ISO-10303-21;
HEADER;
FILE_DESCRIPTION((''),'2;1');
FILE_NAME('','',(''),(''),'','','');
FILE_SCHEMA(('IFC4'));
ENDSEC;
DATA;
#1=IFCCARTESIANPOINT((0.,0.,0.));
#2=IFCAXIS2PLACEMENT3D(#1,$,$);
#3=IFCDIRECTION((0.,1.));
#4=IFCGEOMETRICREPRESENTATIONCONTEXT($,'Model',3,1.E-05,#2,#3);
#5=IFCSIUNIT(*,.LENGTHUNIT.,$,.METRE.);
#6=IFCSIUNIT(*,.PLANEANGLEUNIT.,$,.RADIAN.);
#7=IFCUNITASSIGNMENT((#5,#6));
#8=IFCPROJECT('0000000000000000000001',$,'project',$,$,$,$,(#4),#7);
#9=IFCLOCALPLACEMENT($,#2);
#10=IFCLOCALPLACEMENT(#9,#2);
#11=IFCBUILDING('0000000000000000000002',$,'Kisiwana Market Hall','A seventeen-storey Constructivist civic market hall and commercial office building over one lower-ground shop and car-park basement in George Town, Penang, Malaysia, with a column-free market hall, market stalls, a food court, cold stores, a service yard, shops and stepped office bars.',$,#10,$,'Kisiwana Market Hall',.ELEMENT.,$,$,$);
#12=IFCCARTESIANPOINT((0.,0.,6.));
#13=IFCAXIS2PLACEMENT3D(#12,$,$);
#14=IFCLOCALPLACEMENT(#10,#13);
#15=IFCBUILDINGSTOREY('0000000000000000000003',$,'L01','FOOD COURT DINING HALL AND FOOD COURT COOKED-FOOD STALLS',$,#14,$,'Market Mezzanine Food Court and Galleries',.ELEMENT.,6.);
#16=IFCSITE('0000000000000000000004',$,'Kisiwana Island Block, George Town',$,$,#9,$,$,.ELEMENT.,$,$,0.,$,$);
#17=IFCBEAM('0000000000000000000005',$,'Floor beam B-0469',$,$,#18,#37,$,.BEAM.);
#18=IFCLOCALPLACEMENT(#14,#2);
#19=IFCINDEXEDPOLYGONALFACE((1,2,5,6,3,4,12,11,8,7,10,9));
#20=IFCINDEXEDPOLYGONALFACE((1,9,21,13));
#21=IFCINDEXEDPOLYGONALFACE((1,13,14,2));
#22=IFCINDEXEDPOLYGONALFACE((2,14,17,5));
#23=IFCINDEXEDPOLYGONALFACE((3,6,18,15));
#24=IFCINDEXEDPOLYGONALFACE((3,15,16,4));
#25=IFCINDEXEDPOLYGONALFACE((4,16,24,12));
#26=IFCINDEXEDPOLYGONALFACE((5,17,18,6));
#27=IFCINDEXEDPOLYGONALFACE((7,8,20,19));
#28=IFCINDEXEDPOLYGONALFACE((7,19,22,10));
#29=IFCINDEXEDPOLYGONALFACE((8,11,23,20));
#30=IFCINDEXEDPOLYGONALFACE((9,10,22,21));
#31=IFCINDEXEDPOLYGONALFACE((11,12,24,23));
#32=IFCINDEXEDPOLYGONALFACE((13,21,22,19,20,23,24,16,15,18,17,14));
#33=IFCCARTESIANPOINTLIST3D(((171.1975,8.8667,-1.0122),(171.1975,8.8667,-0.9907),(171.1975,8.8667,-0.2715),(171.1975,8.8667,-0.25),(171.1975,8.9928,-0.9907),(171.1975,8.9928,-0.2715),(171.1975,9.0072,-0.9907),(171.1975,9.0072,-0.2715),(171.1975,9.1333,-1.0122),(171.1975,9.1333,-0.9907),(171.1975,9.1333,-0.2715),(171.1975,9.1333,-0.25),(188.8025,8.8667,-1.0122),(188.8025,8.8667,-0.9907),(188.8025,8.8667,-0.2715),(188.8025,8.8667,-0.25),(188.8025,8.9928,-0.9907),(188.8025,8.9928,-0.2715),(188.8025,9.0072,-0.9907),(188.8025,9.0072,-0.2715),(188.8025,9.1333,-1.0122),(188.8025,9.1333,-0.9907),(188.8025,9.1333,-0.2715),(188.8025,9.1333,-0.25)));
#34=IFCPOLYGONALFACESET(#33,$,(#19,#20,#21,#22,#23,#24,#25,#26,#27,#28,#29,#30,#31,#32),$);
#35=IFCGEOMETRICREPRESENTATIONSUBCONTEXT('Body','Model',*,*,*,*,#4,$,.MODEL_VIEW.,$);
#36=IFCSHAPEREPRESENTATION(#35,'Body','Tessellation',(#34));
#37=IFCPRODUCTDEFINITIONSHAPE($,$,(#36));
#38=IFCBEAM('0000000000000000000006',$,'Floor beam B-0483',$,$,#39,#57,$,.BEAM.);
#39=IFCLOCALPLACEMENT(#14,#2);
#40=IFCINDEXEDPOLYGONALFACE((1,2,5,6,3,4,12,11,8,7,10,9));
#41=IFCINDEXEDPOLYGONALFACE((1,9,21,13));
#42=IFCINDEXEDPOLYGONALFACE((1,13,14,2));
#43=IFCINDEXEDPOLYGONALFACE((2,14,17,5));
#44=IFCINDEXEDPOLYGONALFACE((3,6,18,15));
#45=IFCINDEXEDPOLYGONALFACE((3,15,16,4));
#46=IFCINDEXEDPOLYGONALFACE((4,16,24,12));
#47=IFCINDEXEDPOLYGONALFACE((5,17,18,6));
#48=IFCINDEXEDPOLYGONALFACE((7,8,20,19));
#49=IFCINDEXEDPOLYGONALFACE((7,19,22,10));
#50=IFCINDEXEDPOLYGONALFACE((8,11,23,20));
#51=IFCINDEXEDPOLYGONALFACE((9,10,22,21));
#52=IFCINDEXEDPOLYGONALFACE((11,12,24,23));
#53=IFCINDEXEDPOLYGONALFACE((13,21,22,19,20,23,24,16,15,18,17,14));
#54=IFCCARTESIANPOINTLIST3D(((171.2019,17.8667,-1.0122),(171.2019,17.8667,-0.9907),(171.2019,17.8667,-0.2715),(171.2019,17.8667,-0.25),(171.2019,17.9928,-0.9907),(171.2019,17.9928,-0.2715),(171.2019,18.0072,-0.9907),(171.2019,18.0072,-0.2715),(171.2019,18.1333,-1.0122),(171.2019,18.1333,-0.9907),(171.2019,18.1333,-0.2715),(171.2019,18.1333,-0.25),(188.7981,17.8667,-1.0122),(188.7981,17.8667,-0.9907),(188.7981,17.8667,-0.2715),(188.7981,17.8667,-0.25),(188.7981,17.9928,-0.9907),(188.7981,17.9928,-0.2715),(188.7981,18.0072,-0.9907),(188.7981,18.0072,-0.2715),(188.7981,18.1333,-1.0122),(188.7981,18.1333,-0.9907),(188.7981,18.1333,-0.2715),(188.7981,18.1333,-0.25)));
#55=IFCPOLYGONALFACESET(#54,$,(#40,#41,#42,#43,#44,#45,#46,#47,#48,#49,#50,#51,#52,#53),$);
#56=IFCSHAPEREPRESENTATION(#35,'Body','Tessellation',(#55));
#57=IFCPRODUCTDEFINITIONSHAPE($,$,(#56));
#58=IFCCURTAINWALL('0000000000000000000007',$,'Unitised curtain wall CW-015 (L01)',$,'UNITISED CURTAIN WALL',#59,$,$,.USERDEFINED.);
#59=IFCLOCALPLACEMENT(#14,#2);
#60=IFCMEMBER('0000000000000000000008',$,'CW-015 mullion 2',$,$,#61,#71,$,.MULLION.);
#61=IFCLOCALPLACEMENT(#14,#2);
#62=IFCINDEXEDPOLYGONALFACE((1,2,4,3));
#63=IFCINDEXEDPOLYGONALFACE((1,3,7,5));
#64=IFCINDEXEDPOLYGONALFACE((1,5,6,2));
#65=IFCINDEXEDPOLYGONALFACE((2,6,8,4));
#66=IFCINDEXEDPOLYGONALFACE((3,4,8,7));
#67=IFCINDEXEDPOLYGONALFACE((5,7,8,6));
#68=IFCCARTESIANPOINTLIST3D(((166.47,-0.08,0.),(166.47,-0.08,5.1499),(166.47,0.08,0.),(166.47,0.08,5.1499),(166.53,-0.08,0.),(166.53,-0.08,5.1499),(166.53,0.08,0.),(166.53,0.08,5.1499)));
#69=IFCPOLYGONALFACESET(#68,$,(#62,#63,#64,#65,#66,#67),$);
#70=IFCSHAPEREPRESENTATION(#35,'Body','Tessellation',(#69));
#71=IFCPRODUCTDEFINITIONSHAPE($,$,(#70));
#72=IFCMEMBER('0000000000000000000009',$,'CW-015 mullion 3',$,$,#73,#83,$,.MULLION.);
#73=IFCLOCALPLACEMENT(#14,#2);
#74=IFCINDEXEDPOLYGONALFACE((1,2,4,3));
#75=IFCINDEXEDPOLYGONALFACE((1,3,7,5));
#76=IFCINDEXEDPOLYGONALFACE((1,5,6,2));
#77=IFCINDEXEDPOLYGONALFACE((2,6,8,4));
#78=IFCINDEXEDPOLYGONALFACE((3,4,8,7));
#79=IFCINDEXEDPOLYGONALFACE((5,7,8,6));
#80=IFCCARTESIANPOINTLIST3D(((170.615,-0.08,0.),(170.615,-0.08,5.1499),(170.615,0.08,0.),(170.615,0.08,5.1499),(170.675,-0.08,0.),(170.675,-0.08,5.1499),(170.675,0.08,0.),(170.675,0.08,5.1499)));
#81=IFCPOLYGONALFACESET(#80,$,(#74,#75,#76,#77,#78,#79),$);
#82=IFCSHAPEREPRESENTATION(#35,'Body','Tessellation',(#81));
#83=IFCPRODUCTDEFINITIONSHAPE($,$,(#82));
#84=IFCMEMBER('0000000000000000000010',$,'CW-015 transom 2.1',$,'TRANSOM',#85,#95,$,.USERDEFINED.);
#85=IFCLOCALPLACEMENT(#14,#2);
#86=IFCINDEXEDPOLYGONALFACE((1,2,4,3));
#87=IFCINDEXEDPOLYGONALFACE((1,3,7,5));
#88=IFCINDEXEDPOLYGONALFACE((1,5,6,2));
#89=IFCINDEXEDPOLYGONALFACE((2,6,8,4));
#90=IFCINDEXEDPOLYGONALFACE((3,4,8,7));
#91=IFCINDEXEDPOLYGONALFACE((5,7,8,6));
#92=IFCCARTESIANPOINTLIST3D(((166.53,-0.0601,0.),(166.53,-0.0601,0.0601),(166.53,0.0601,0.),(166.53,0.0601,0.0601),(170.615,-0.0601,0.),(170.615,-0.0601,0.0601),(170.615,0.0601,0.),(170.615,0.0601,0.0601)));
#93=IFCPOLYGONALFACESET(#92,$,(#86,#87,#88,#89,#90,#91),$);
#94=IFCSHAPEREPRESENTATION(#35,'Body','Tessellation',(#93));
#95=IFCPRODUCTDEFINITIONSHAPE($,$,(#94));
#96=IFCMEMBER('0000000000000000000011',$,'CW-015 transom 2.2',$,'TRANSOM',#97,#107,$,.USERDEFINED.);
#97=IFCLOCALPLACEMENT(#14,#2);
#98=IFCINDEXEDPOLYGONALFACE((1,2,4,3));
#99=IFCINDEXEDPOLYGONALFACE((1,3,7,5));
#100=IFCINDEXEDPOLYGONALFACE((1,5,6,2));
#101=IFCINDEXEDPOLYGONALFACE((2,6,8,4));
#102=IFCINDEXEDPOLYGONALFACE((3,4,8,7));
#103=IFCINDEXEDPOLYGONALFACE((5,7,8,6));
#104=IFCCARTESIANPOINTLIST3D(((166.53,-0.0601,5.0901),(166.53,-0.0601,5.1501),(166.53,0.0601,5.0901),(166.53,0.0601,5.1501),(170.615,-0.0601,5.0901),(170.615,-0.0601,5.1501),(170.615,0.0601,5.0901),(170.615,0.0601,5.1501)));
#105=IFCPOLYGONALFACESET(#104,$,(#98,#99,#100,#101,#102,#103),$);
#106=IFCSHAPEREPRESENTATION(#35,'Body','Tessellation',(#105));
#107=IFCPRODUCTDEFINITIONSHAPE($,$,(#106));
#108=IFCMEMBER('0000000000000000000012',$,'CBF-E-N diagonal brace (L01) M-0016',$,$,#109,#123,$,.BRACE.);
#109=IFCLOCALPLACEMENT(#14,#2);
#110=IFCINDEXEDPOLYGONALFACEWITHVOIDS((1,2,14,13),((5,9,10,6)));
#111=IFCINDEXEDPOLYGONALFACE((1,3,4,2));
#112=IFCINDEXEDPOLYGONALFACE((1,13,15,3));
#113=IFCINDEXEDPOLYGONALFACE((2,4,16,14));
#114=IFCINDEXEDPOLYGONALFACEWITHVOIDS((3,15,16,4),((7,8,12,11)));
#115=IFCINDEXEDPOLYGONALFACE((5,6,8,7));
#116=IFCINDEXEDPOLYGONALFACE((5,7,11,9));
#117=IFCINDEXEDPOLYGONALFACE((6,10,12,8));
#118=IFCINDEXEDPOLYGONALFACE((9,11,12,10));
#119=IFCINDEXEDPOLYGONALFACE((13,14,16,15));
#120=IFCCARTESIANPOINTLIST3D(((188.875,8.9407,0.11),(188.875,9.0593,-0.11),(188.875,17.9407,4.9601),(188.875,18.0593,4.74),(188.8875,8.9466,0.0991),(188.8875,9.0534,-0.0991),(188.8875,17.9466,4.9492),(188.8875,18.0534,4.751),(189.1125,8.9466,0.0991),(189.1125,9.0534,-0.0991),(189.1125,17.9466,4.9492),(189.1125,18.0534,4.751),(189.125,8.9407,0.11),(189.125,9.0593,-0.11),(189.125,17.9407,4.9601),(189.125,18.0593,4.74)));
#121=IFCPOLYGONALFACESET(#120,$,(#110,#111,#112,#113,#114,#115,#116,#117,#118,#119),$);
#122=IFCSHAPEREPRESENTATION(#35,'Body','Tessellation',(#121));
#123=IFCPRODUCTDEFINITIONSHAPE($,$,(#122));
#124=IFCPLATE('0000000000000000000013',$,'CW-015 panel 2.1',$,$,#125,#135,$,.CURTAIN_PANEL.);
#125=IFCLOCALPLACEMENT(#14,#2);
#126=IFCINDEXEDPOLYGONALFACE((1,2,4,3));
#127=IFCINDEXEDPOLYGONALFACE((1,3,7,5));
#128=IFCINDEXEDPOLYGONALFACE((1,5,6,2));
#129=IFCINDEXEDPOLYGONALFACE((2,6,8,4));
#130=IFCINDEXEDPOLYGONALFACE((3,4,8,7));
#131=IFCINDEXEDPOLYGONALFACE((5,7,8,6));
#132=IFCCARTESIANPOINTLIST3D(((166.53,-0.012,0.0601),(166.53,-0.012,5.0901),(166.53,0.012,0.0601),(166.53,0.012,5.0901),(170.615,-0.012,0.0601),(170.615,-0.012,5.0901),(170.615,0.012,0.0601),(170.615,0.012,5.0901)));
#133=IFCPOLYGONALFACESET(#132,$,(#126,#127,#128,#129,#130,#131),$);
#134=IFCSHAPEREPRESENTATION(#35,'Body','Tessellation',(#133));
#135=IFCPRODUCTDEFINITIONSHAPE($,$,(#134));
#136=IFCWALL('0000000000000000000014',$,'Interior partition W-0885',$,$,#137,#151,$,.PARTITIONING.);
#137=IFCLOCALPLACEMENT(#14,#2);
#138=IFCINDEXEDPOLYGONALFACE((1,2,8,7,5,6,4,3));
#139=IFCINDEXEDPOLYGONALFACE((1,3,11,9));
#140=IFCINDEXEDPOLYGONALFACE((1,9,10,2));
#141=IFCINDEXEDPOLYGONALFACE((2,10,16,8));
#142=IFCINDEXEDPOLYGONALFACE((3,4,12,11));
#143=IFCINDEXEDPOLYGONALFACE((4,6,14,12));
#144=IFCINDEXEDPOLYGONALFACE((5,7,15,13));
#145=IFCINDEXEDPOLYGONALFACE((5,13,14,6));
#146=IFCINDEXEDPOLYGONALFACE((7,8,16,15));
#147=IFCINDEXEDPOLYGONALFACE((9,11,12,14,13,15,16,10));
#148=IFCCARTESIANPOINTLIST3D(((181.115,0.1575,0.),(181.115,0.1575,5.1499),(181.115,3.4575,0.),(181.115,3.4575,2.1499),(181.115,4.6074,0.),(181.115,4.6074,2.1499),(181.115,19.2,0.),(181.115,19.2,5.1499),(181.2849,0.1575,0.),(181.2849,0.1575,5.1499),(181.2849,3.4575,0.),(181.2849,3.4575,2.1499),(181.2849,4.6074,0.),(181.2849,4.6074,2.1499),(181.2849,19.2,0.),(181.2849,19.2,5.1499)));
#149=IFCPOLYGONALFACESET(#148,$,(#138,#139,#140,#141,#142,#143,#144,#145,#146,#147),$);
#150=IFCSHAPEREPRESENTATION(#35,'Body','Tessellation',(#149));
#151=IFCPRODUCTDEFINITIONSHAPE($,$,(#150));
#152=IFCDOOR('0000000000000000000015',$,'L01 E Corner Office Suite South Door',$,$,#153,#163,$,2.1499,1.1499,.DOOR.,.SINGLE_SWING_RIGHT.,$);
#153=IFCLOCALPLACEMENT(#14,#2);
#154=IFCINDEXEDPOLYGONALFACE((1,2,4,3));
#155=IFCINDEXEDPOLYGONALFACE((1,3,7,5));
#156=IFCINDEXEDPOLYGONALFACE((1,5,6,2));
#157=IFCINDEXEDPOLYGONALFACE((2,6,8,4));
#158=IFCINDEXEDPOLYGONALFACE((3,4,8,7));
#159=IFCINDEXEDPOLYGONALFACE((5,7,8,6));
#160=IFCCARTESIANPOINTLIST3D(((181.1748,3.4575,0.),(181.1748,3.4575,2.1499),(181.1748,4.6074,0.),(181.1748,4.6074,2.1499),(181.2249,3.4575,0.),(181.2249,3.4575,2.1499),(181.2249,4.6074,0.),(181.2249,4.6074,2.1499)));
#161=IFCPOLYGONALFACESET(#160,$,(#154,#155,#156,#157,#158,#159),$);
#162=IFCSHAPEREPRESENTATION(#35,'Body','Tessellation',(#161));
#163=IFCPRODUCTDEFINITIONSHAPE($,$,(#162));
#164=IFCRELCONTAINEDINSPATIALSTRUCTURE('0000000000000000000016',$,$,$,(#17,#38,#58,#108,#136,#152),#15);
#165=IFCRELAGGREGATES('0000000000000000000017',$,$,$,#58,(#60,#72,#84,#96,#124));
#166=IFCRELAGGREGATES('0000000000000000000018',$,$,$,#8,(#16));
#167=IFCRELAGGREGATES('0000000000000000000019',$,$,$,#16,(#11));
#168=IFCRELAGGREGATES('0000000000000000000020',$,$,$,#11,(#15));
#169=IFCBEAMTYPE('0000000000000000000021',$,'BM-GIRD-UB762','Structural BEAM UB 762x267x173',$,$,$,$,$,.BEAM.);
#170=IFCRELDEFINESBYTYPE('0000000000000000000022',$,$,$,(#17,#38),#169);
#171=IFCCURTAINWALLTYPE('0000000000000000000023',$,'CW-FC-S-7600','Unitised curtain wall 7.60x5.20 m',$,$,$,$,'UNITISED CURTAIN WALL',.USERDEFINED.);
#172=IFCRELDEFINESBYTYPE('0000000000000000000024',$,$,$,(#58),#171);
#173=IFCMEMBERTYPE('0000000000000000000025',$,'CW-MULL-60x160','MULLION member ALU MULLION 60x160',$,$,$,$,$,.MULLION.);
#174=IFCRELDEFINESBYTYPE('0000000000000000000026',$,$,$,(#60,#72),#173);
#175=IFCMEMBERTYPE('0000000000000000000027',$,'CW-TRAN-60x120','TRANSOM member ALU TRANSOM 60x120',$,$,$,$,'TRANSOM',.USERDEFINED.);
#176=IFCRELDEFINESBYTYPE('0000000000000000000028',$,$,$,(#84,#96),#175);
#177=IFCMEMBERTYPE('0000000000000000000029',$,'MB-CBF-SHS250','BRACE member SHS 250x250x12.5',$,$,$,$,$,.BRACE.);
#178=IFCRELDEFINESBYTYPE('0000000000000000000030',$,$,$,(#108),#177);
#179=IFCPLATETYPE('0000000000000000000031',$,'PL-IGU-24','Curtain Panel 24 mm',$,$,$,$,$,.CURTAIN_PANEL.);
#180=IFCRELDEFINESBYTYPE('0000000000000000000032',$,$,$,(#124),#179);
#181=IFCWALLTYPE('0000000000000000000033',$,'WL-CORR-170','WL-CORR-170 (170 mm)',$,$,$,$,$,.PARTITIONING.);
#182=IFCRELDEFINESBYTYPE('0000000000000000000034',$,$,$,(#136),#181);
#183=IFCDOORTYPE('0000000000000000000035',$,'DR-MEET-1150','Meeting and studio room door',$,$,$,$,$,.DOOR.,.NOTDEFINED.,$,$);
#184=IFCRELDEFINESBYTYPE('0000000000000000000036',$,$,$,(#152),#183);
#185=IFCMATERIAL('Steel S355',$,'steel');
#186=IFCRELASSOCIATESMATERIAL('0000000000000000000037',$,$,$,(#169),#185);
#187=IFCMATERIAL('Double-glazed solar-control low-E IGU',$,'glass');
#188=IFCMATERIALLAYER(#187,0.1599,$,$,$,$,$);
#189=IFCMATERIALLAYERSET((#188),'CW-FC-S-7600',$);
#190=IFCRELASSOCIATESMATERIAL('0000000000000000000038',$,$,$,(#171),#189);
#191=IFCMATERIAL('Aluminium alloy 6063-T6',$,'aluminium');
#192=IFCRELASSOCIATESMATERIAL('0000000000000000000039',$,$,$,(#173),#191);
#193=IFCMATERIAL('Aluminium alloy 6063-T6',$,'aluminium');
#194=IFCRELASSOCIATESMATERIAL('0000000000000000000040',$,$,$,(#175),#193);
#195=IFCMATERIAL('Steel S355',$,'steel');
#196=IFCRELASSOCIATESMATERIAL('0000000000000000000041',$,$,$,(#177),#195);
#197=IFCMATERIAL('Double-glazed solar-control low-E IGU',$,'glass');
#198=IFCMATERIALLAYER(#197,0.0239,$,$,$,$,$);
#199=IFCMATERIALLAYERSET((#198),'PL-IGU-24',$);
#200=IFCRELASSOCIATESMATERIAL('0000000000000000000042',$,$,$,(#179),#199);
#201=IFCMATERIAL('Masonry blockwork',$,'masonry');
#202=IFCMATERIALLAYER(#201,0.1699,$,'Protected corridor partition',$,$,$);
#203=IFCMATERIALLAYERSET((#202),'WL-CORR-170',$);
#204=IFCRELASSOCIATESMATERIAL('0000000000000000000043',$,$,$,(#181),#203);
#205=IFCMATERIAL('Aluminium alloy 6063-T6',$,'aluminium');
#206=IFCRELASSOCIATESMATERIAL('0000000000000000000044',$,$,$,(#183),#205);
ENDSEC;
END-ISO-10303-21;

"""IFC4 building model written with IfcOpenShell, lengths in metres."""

from ifc_helpers import new_model, si_unit, direction, frame, frame_2d, origin, origin_2d, place, context, subcontext, project, spatial, rectangle, hollow_rectangle, i_section, extrude, material, layer, layer_set, material_profile, profile_set, type_object, element, fill, aggregate, save


model = new_model("IFC4")

# Units and contexts
model_context = context("Model", 3, precision=1e-05, world=origin(), true_north=direction((0.0, 1.0)))
body_context = subcontext(model_context, "Body", "Model", "MODEL_VIEW")
ifc_project = project(units=[si_unit("LENGTHUNIT", "METRE"), si_unit("PLANEANGLEUNIT", "RADIAN")], contexts=[model_context])

# Site, building, storey
site_placement = place(None, origin())
site = spatial("IfcSite", under=ifc_project, at=site_placement, Name="Kisiwana Island Block, George Town", CompositionType="ELEMENT", RefElevation=0.0)
building_placement = place(site_placement, origin())
building = spatial("IfcBuilding", under=site, at=building_placement, Name="Kisiwana Market Hall", Description="A seventeen-storey Constructivist civic market hall and commercial office building over one lower-ground shop and car-park basement in George Town, Penang, Malaysia, with a column-free market hall, market stalls, a food court, cold stores, a service yard, shops and stepped office bars.", LongName="Kisiwana Market Hall", CompositionType="ELEMENT")
storey_placement = place(building_placement, frame((0.0, 0.0, 6.0)))
storey = spatial("IfcBuildingStorey", under=building, at=storey_placement, Name="L01", Description="FOOD COURT DINING HALL AND FOOD COURT COOKED-FOOD STALLS", LongName="Market Mezzanine Food Court and Galleries", CompositionType="ELEMENT", Elevation=6.0)

# Beams
ifc_material_1 = material(Name="Steel S355", Category="steel")
ifc_material_profile_1 = material_profile(ifc_material_1, i_section(OverallWidth=0.2666, OverallDepth=0.7622, WebThickness=0.0144, FlangeThickness=0.0215, at=origin_2d()), Name="UB 762x267x173")
ifc_profile_set_1 = profile_set([ifc_material_profile_1], Name="Steel S355")
beam_type_1 = type_object("IfcBeamType", Name="BM-GIRD-UB762", Description="Structural BEAM UB 762x267x173", PredefinedType="BEAM", material=ifc_profile_set_1)
beam_1_placement = place(storey_placement, frame((171.1975, 9.0, -0.6311), z_axis=(1.0, 0.0, 0.0), x_axis=(0.0, 1.0, 0.0)))
element("IfcBeam", 1, at=beam_1_placement, inside=storey, type_object=beam_type_1, Name="Floor beam B-0469", PredefinedType="BEAM", context=body_context, shape_type="SweptSolid", body=[
    extrude(i_section(OverallWidth=0.2666, OverallDepth=0.7622, WebThickness=0.0144, FlangeThickness=0.0215, at=origin_2d()), origin(), (0.0, 0.0, 1.0), 17.605),
])
beam_2_placement = place(storey_placement, frame((171.2019, 18.0, -0.6311), z_axis=(1.0, 0.0, 0.0), x_axis=(0.0, 1.0, 0.0)))
element("IfcBeam", 2, at=beam_2_placement, inside=storey, type_object=beam_type_1, Name="Floor beam B-0483", PredefinedType="BEAM", context=body_context, shape_type="SweptSolid", body=[
    extrude(i_section(OverallWidth=0.2666, OverallDepth=0.7622, WebThickness=0.0144, FlangeThickness=0.0215, at=origin_2d()), origin(), (0.0, 0.0, 1.0), 17.5962),
])

# Curtain wall, members
ifc_material_2 = material(Name="Double-glazed solar-control low-E IGU", Category="glass")
ifc_layer_1 = layer(ifc_material_2, 0.1599)
ifc_layer_set_1 = layer_set([ifc_layer_1], Name="CW-FC-S-7600")
curtain_wall_type = type_object("IfcCurtainWallType", Name="CW-FC-S-7600", Description="Unitised curtain wall 7.60x5.20 m", ElementType="UNITISED CURTAIN WALL", PredefinedType="USERDEFINED", material=ifc_layer_set_1)
curtain_wall_placement = place(storey_placement, origin())
curtain_wall = element("IfcCurtainWall", 3, at=curtain_wall_placement, inside=storey, type_object=curtain_wall_type, Name="Unitised curtain wall CW-015 (L01)", ObjectType="UNITISED CURTAIN WALL", PredefinedType="USERDEFINED")
ifc_material_3 = material(Name="Aluminium alloy 6063-T6", Category="aluminium")
ifc_material_profile_2 = material_profile(ifc_material_3, rectangle(XDim=0.0601, YDim=0.1599, at=origin_2d()), Name="ALU MULLION 60x160")
ifc_profile_set_2 = profile_set([ifc_material_profile_2], Name="Aluminium alloy 6063-T6")
member_type_1 = type_object("IfcMemberType", Name="CW-MULL-60x160", Description="MULLION member ALU MULLION 60x160", PredefinedType="MULLION", material=ifc_profile_set_2)
member_1_placement = place(storey_placement, frame((166.5, 0.0, 0.0), z_axis=(0.0, 0.0, 1.0), x_axis=(1.0, 0.0, 0.0)))
member_1 = element("IfcMember", 4, at=member_1_placement, type_object=member_type_1, Name="CW-015 mullion 2", PredefinedType="MULLION", context=body_context, shape_type="SweptSolid", body=[
    extrude(rectangle(XDim=0.0601, YDim=0.1599, at=origin_2d()), origin(), (0.0, 0.0, 1.0), 5.1499),
])
member_2_placement = place(storey_placement, frame((170.645, 0.0, 0.0), z_axis=(0.0, 0.0, 1.0), x_axis=(1.0, 0.0, 0.0)))
member_2 = element("IfcMember", 5, at=member_2_placement, type_object=member_type_1, Name="CW-015 mullion 3", PredefinedType="MULLION", context=body_context, shape_type="SweptSolid", body=[
    extrude(rectangle(XDim=0.0601, YDim=0.1599, at=origin_2d()), origin(), (0.0, 0.0, 1.0), 5.1499),
])
ifc_material_4 = material(Name="Aluminium alloy 6063-T6", Category="aluminium")
ifc_material_profile_3 = material_profile(ifc_material_4, rectangle(XDim=0.1201, YDim=0.0601, at=origin_2d()), Name="ALU TRANSOM 60x120")
ifc_profile_set_3 = profile_set([ifc_material_profile_3], Name="Aluminium alloy 6063-T6")
member_type_2 = type_object("IfcMemberType", Name="CW-TRAN-60x120", Description="TRANSOM member ALU TRANSOM 60x120", ElementType="TRANSOM", PredefinedType="USERDEFINED", material=ifc_profile_set_3)
member_3_placement = place(storey_placement, frame((166.53, 0.0, 0.03), z_axis=(1.0, 0.0, 0.0), x_axis=(0.0, 1.0, 0.0)))
member_3 = element("IfcMember", 6, at=member_3_placement, type_object=member_type_2, Name="CW-015 transom 2.1", ObjectType="TRANSOM", PredefinedType="USERDEFINED", context=body_context, shape_type="SweptSolid", body=[
    extrude(rectangle(XDim=0.1201, YDim=0.0601, at=origin_2d()), origin(), (0.0, 0.0, 1.0), 4.085),
])
member_4_placement = place(storey_placement, frame((166.53, 0.0, 5.1201), z_axis=(1.0, 0.0, 0.0), x_axis=(0.0, 1.0, 0.0)))
member_4 = element("IfcMember", 7, at=member_4_placement, type_object=member_type_2, Name="CW-015 transom 2.2", ObjectType="TRANSOM", PredefinedType="USERDEFINED", context=body_context, shape_type="SweptSolid", body=[
    extrude(rectangle(XDim=0.1201, YDim=0.0601, at=origin_2d()), origin(), (0.0, 0.0, 1.0), 4.085),
])

# Member
ifc_material_5 = material(Name="Steel S355", Category="steel")
ifc_material_profile_4 = material_profile(ifc_material_5, hollow_rectangle(XDim=0.25, YDim=0.25, WallThickness=0.0125, at=origin_2d()), Name="SHS 250x250x12.5")
ifc_profile_set_4 = profile_set([ifc_material_profile_4], Name="Steel S355")
member_type_3 = type_object("IfcMemberType", Name="MB-CBF-SHS250", Description="BRACE member SHS 250x250x12.5", PredefinedType="BRACE", material=ifc_profile_set_4)
member_5_placement = place(storey_placement, frame((189.0, 9.0, 0.0), z_axis=(0.0, 0.88031, 0.474399), x_axis=(-1.0, 0.0, 0.0)))
element("IfcMember", 8, at=member_5_placement, inside=storey, type_object=member_type_3, Name="CBF-E-N diagonal brace (L01) M-0016", PredefinedType="BRACE", context=body_context, shape_type="SweptSolid", body=[
    extrude(hollow_rectangle(XDim=0.25, YDim=0.25, WallThickness=0.0125, at=origin_2d()), origin(), (0.0, 0.0, 1.0), 10.2236),
])

# Plate
ifc_material_6 = material(Name="Double-glazed solar-control low-E IGU", Category="glass")
ifc_layer_2 = layer(ifc_material_6, 0.0239)
ifc_layer_set_2 = layer_set([ifc_layer_2], Name="PL-IGU-24")
plate_type = type_object("IfcPlateType", Name="PL-IGU-24", Description="Curtain Panel 24 mm", PredefinedType="CURTAIN_PANEL", material=ifc_layer_set_2)
plate_placement = place(storey_placement, frame((168.5725, 0.0, 0.0601), z_axis=(0.0, 0.0, 1.0), x_axis=(1.0, 0.0, 0.0)))
plate = element("IfcPlate", 9, at=plate_placement, type_object=plate_type, Name="CW-015 panel 2.1", PredefinedType="CURTAIN_PANEL", context=body_context, shape_type="SweptSolid", body=[
    extrude(rectangle(XDim=4.085, YDim=0.0239, at=origin_2d()), origin(), (0.0, 0.0, 1.0), 5.03),
])
aggregate(curtain_wall, [member_1, member_2, member_3, member_4, plate])

# Wall, opening, door
ifc_material_7 = material(Name="Masonry blockwork", Category="masonry")
ifc_layer_3 = layer(ifc_material_7, 0.1699, Name="Protected corridor partition")
ifc_layer_set_3 = layer_set([ifc_layer_3], Name="WL-CORR-170")
wall_type_1 = type_object("IfcWallType", Name="WL-CORR-170", Description="WL-CORR-170 (170 mm)", PredefinedType="PARTITIONING", material=ifc_layer_set_3)
wall_1_placement = place(storey_placement, frame((181.2, 0.1575, 0.0), z_axis=(0.0, 0.0, 1.0), x_axis=(0.0, 1.0, 0.0)))
wall_1 = element("IfcWall", 10, at=wall_1_placement, inside=storey, type_object=wall_type_1, Name="Interior partition W-0885", PredefinedType="PARTITIONING", context=body_context, shape_type="SweptSolid", body=[
    extrude(rectangle(XDim=19.0425, YDim=0.1699, at=frame_2d((9.5212, 0.0))), origin(), (0.0, 0.0, 1.0), 5.1499),
])
opening_1_placement = place(wall_1_placement, frame((3.3, 0.0, 0.0)))
opening_1 = element("IfcOpeningElement", 11, at=opening_1_placement, cuts=wall_1, PredefinedType="OPENING", context=body_context, shape_type="SweptSolid", body=[
    extrude(rectangle(XDim=1.1499, YDim=2.1499, at=frame_2d((0.575, 1.075))), frame((0.0, 0.0969, 0.0), z_axis=(0.0, -1.0, 0.0), x_axis=(1.0, 0.0, 0.0)), (0.0, 0.0, 1.0), 0.1938),
])
ifc_material_8 = material(Name="Aluminium alloy 6063-T6", Category="aluminium")
door_type_1 = type_object("IfcDoorType", Name="DR-MEET-1150", Description="Meeting and studio room door", OperationType="NOTDEFINED", PredefinedType="DOOR", material=ifc_material_8)
door_1_placement = place(opening_1_placement, frame((1.1499, 0.0, 0.0), z_axis=(0.0, 0.0, 1.0), x_axis=(-1.0, 0.0, 0.0)))
door_1 = element("IfcDoor", 12, at=door_1_placement, inside=storey, type_object=door_type_1, Name="L01 E Corner Office Suite South Door", OperationType="SINGLE_SWING_RIGHT", OverallHeight=2.1499, OverallWidth=1.1499, PredefinedType="DOOR", context=body_context, shape_type="SweptSolid", body=[
    extrude(rectangle(XDim=1.1499, YDim=2.1499, at=frame_2d((0.575, 1.075))), frame((0.0, 0.0249, 0.0), z_axis=(0.0, -1.0, 0.0), x_axis=(1.0, 0.0, 0.0)), (0.0, 0.0, 1.0), 0.05),
])
fill(opening_1, door_1)

save(model, "model.ifc")
